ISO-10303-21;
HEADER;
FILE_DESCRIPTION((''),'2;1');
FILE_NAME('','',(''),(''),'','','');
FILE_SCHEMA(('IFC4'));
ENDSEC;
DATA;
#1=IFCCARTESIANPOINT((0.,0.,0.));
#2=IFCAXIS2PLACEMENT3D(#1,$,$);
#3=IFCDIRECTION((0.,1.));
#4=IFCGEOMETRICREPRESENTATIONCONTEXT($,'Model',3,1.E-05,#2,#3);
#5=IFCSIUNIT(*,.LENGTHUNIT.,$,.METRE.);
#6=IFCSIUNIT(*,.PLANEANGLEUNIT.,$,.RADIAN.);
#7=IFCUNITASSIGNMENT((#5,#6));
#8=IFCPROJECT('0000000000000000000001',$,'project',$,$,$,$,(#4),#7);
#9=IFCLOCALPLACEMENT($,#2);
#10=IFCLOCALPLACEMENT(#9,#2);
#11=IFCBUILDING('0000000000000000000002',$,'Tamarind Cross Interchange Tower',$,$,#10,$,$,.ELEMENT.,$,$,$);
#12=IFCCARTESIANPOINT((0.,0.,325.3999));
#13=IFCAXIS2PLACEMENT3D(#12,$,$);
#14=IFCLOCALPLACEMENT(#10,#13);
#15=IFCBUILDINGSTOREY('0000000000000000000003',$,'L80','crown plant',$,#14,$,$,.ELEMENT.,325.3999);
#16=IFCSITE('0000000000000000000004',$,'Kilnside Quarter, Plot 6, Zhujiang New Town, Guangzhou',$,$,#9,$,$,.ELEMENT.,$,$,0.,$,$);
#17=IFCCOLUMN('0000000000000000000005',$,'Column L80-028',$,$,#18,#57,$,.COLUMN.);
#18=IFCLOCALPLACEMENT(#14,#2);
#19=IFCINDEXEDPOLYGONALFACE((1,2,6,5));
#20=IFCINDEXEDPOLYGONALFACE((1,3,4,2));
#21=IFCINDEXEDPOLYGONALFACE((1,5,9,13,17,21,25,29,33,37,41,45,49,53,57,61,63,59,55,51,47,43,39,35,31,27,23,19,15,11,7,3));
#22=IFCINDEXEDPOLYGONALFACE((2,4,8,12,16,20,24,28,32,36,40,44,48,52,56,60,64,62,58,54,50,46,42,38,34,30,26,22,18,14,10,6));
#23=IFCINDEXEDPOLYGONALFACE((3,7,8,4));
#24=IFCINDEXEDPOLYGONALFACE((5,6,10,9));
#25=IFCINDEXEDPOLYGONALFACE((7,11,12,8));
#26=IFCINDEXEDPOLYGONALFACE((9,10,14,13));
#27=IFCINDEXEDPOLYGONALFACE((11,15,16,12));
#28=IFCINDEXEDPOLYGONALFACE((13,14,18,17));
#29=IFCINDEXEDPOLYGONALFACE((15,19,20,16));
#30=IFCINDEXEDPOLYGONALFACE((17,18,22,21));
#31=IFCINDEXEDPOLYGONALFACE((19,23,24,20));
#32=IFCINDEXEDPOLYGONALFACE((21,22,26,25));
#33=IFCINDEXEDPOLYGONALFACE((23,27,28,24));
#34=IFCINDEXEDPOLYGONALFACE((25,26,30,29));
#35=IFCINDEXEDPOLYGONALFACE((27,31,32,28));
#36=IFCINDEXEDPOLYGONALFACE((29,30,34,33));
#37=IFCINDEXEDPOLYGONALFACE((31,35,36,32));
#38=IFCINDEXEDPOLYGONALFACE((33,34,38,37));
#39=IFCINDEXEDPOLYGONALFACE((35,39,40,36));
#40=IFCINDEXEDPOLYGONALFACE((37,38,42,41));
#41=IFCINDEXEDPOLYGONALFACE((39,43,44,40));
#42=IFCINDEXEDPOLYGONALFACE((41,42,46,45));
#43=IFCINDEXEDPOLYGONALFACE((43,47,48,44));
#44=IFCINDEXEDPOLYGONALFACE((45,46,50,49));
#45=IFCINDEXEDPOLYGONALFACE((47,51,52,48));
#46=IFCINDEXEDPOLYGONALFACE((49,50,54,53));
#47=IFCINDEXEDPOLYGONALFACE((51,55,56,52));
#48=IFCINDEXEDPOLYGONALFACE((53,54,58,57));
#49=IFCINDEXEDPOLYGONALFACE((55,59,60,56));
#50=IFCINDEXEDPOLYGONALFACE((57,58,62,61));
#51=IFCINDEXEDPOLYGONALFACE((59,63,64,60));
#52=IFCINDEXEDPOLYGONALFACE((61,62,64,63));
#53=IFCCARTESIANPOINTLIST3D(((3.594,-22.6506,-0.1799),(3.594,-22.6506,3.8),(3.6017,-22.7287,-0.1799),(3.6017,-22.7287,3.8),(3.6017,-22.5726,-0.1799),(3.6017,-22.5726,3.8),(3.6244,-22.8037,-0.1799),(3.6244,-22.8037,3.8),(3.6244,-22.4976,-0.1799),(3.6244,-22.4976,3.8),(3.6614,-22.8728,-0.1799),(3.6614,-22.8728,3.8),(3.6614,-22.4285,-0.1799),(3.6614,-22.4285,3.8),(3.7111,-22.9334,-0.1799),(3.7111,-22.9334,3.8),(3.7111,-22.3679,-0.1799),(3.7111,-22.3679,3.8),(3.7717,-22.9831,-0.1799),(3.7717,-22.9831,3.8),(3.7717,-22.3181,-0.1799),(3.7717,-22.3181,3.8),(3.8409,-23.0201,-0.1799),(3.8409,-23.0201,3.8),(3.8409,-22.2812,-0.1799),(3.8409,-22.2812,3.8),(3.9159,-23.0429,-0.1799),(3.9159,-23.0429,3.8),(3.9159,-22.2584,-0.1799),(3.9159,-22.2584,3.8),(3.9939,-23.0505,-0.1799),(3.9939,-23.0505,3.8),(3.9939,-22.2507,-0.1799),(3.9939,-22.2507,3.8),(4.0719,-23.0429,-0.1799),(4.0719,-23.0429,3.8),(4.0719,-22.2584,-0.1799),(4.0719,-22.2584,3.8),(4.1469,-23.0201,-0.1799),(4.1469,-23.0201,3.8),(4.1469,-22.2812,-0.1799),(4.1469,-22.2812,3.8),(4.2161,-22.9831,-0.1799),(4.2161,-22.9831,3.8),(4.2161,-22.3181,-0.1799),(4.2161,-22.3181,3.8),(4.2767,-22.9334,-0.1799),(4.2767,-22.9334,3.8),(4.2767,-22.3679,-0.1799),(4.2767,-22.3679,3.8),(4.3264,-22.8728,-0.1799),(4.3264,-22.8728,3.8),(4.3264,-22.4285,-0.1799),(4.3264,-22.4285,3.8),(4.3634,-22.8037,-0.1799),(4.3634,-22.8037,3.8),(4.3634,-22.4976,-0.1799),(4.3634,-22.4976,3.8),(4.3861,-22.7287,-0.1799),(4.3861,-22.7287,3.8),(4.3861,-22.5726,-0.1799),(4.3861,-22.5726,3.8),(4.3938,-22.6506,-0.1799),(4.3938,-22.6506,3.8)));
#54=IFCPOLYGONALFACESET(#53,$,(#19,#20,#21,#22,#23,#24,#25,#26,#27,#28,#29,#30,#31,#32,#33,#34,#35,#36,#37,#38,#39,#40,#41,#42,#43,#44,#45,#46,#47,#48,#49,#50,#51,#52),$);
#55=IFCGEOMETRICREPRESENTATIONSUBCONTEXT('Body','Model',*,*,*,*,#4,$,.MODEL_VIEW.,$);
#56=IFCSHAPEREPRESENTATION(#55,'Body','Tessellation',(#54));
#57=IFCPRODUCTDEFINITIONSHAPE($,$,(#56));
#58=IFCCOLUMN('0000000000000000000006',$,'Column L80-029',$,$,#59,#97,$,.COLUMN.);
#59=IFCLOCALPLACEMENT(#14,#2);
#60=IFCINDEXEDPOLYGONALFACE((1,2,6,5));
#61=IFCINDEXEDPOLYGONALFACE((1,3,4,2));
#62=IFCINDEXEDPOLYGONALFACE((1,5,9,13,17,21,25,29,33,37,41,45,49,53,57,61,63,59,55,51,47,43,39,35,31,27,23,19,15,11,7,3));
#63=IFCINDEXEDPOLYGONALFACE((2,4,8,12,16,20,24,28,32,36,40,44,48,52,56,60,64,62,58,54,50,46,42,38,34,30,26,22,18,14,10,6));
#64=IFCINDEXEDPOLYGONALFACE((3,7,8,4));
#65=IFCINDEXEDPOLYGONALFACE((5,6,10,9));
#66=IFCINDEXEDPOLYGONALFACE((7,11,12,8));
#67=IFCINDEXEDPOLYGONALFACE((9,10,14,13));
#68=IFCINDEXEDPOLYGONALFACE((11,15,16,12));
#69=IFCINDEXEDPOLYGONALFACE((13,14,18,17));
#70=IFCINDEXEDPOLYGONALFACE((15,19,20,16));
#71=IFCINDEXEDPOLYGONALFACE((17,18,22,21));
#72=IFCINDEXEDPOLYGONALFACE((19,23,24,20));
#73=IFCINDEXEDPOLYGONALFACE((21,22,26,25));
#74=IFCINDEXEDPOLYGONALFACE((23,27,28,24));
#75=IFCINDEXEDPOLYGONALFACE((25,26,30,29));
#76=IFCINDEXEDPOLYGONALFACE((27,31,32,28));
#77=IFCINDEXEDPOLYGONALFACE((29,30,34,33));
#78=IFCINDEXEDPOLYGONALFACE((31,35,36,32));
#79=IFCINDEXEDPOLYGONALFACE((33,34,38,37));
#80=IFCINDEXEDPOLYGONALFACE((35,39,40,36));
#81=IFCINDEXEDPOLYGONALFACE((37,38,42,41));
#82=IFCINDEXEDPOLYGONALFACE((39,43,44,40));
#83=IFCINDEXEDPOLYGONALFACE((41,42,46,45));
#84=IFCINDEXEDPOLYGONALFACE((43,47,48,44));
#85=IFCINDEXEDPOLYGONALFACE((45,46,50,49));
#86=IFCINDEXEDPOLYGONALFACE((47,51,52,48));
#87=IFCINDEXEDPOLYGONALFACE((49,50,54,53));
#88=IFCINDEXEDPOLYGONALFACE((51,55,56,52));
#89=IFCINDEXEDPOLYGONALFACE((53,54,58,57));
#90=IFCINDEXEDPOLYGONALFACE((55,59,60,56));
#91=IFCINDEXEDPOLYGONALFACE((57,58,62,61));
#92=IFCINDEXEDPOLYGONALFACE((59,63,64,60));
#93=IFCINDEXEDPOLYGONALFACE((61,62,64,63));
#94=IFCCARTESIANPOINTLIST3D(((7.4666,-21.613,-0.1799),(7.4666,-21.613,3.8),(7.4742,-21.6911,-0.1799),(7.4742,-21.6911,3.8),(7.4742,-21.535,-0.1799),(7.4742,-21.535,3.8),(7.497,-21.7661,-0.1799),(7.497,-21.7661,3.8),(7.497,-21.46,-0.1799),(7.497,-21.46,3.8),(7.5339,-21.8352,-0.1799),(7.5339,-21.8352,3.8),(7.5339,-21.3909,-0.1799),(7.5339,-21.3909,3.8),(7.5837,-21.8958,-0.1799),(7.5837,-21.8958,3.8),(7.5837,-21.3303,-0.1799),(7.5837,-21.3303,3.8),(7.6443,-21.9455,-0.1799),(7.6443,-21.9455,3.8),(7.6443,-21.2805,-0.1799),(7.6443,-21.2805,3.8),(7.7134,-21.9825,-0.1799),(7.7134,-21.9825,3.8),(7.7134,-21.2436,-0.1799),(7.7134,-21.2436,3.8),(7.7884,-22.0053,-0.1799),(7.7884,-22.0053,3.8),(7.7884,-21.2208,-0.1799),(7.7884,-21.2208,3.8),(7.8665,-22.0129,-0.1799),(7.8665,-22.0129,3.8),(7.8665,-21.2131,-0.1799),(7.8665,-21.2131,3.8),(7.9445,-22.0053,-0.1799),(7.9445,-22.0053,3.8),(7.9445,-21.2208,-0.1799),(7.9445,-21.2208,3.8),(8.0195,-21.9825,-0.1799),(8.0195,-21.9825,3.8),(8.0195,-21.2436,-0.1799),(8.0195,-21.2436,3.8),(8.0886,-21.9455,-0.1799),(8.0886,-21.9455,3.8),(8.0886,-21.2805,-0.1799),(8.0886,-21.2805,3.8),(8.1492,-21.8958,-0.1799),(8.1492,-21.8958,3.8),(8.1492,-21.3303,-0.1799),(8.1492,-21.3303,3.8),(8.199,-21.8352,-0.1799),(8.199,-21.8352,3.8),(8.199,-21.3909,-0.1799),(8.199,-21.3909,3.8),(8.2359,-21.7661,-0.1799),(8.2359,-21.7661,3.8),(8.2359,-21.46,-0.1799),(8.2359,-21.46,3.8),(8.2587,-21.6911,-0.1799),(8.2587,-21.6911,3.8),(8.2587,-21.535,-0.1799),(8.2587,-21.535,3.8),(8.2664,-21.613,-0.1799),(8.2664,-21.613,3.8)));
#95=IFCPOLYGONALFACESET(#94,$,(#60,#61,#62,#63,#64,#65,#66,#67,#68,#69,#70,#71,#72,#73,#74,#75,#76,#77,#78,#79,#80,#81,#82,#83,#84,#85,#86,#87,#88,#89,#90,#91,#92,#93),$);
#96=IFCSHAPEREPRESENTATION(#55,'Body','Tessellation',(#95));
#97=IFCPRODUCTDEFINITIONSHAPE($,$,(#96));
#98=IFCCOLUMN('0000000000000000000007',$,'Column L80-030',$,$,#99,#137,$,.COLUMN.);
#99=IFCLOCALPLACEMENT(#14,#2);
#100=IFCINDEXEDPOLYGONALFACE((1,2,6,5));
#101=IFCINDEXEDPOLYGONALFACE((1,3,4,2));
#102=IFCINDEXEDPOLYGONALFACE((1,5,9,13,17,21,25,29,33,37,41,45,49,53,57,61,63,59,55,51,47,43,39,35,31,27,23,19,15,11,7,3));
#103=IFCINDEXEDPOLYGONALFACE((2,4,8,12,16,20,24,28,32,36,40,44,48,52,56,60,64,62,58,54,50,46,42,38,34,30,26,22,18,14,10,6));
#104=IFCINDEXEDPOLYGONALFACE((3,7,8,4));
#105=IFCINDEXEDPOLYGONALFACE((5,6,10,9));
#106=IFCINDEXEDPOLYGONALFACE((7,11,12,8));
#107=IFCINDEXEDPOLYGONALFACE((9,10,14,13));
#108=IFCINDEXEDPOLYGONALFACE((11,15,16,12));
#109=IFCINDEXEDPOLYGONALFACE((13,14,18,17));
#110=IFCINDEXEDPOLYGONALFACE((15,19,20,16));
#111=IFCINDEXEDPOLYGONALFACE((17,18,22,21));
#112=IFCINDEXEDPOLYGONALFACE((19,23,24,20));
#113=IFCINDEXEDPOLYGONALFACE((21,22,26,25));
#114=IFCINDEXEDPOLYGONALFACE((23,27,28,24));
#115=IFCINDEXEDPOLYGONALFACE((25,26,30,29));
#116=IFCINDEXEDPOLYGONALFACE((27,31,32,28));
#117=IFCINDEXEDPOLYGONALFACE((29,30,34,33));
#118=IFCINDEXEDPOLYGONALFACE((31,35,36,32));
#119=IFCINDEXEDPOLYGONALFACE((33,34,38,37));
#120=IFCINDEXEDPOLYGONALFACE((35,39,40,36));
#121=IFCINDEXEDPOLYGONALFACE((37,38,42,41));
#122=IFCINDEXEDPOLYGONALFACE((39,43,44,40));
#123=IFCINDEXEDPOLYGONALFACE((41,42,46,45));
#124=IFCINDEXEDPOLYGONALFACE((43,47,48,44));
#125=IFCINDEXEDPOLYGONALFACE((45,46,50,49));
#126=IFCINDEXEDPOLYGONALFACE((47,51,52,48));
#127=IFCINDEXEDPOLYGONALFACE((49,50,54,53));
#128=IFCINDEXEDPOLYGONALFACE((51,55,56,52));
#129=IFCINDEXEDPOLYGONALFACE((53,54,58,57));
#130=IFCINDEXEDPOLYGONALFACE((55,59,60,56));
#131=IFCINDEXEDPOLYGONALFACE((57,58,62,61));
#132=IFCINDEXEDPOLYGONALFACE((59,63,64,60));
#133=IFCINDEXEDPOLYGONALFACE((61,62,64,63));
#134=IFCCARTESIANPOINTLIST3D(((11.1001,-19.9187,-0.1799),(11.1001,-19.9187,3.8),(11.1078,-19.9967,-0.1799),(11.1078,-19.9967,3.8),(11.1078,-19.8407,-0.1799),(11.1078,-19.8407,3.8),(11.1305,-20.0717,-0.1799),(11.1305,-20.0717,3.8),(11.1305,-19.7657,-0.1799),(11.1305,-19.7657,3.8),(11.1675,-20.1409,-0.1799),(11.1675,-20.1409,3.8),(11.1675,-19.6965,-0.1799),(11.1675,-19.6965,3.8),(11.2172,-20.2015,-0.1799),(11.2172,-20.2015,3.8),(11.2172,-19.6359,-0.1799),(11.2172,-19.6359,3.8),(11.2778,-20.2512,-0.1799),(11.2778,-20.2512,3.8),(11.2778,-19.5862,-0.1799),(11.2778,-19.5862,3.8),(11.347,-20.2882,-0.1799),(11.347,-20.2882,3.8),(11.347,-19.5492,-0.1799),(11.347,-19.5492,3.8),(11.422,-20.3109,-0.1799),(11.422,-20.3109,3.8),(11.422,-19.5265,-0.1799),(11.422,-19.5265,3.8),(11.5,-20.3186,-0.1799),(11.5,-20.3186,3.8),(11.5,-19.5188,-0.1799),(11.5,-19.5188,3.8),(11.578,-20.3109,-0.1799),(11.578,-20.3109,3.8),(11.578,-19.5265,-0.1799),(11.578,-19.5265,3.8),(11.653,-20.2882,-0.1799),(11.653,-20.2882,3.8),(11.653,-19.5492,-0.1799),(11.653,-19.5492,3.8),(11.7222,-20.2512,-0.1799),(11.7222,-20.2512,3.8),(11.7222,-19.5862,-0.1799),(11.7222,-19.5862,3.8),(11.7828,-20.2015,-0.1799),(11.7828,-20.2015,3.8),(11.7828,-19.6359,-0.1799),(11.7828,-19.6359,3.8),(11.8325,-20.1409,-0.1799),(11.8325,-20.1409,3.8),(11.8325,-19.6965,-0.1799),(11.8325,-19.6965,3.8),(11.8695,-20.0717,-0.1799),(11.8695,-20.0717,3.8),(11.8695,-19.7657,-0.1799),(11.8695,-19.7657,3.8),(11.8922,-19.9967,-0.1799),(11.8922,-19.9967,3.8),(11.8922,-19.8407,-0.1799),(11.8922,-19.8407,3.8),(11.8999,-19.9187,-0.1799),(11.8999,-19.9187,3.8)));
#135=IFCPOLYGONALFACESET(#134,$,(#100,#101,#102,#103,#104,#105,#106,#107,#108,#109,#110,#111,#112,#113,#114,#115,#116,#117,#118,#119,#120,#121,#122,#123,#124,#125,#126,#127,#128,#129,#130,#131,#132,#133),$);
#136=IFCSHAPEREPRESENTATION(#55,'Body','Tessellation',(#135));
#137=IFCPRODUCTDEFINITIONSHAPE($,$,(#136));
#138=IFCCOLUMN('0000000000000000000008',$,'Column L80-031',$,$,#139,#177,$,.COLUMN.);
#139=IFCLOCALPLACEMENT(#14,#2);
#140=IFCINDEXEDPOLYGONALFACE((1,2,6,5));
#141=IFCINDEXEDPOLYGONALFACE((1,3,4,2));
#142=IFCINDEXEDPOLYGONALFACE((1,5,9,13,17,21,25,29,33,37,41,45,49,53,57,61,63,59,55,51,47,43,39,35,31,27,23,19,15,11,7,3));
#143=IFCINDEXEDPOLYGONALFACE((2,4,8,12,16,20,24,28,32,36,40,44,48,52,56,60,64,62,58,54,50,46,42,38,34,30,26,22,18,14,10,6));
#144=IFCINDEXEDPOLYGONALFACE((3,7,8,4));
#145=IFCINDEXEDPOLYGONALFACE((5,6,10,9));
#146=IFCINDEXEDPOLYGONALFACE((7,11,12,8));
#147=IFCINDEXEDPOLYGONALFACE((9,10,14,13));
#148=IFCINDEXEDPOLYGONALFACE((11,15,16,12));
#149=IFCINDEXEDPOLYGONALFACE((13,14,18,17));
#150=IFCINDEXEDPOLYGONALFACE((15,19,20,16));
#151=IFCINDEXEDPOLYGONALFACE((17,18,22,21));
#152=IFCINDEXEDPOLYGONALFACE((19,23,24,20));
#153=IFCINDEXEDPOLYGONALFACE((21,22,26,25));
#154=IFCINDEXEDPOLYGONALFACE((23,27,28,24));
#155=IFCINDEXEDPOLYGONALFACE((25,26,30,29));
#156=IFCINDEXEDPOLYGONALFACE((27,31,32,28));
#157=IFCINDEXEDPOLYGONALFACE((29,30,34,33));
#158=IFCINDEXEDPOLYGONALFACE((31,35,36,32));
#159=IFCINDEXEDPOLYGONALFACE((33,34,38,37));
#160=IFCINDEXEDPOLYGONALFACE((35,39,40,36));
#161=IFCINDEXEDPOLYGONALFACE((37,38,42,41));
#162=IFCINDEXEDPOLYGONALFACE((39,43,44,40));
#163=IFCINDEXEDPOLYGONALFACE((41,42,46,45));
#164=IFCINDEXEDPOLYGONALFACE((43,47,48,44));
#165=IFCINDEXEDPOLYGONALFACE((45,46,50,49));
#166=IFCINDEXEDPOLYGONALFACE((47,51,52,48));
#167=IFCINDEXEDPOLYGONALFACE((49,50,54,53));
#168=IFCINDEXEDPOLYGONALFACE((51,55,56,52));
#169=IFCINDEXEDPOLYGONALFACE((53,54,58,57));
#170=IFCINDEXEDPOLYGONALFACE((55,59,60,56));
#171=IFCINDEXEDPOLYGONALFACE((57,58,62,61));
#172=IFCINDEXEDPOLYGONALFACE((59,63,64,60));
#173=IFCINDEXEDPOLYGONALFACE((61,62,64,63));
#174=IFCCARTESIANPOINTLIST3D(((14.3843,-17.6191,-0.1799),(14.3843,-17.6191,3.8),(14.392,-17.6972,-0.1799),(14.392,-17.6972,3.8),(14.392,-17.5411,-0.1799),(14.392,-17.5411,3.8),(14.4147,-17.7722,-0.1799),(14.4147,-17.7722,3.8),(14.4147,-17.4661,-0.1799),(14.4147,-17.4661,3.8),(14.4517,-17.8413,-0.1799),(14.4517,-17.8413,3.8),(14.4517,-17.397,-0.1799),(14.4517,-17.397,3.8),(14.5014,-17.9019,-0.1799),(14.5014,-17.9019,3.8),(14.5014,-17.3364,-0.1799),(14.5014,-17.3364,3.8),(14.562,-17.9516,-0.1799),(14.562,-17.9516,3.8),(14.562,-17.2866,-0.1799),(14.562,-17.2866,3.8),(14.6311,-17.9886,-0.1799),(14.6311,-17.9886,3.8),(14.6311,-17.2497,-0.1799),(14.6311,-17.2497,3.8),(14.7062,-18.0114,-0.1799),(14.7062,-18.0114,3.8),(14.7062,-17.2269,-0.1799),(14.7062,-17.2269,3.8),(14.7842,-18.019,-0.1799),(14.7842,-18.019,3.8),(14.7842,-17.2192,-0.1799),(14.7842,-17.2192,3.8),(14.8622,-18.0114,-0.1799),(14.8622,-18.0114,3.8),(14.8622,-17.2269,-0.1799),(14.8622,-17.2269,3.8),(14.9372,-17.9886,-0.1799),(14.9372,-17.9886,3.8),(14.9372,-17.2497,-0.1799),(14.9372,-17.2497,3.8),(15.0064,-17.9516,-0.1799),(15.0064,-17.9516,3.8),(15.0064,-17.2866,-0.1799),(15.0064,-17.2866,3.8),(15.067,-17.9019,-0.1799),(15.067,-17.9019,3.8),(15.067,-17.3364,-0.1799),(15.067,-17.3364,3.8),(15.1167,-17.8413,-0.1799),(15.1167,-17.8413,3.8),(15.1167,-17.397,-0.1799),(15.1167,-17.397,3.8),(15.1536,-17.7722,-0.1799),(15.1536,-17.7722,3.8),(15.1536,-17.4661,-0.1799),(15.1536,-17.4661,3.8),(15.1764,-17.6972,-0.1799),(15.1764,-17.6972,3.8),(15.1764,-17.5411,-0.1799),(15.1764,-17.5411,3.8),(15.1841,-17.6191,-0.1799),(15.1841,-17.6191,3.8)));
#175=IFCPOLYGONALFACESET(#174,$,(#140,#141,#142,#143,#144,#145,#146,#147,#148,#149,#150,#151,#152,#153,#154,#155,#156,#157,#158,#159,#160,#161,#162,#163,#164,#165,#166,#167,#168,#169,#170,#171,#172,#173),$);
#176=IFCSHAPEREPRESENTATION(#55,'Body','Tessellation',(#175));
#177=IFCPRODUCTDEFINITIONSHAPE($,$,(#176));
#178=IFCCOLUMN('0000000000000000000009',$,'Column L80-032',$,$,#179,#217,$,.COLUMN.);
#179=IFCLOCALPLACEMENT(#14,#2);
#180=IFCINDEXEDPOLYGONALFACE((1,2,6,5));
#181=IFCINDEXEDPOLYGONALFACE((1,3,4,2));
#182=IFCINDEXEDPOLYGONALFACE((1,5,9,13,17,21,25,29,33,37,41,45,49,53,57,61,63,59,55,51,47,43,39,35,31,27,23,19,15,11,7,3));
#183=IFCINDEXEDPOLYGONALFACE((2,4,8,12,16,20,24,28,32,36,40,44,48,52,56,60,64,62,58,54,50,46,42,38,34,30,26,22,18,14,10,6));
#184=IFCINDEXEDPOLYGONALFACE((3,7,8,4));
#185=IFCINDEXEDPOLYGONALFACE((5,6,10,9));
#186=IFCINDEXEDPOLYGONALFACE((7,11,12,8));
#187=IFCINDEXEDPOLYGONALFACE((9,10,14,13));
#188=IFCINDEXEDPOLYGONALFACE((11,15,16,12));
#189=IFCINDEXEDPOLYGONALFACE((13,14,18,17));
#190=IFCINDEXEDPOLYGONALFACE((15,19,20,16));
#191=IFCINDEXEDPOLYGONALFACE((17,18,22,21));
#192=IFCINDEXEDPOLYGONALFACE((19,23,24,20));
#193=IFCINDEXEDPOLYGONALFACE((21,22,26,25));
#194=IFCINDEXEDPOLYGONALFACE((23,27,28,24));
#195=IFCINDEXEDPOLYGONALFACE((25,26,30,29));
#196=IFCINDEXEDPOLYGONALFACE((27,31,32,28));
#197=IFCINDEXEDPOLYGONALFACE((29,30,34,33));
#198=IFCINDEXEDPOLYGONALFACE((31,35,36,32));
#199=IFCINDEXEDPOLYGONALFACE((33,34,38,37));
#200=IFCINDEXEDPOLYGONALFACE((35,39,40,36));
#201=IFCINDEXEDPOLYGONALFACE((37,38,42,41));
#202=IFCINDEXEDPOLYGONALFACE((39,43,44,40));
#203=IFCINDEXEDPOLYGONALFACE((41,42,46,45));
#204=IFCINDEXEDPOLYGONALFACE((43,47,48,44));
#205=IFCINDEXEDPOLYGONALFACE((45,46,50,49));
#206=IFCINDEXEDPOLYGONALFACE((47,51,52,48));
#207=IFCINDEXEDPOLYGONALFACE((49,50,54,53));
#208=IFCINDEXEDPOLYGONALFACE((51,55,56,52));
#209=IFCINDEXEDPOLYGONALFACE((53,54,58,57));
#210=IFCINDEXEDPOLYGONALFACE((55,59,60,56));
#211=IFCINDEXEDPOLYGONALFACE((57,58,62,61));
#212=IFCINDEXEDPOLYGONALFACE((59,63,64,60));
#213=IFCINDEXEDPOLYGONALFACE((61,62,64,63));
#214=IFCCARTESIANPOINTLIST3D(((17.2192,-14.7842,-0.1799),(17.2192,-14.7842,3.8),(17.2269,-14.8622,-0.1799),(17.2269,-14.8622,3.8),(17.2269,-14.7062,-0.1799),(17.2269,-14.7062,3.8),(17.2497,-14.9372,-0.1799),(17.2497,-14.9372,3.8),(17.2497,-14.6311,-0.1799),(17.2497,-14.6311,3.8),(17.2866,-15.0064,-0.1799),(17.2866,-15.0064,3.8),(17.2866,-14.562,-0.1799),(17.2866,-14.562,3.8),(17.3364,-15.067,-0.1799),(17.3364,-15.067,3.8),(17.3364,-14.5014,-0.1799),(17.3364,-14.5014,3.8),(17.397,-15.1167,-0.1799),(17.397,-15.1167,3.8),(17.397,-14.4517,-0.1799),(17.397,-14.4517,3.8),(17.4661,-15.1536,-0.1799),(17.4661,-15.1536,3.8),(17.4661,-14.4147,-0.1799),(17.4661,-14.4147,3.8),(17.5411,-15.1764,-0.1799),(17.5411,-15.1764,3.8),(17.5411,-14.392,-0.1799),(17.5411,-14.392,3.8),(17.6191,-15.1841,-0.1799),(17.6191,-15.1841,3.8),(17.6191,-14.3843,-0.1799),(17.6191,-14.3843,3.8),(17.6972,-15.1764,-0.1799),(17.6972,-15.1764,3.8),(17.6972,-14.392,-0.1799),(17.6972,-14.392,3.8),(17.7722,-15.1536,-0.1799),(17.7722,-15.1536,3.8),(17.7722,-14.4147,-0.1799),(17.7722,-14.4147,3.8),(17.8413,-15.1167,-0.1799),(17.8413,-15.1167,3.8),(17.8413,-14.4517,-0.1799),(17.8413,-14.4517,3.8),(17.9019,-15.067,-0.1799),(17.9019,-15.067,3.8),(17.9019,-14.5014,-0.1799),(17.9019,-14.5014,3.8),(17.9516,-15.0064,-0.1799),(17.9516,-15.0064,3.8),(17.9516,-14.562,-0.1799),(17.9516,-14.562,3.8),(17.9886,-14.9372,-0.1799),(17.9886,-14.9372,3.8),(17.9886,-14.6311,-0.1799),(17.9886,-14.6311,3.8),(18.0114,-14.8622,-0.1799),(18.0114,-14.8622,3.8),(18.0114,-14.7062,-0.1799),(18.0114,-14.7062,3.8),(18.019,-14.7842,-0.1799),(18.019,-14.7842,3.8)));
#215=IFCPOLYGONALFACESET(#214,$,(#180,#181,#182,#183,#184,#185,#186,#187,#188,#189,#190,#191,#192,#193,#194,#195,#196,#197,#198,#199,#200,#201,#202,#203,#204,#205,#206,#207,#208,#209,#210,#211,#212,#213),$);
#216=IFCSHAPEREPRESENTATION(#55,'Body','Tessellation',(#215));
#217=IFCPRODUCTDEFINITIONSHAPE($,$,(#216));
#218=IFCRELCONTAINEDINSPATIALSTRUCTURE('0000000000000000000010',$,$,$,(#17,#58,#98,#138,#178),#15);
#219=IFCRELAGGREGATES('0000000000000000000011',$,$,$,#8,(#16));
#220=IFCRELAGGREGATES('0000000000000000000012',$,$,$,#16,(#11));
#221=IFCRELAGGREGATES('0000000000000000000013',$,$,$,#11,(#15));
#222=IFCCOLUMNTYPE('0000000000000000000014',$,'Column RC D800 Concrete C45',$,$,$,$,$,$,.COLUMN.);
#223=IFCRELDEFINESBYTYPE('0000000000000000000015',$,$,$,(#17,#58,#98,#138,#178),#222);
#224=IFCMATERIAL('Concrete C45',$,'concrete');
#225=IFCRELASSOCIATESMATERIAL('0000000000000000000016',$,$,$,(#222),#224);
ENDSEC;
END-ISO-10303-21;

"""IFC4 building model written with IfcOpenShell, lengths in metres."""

from ifc_helpers import new_model, si_unit, direction, frame, origin, origin_2d, place, context, subcontext, project, spatial, circle, extrude, material, material_profile, profile_set, type_object, element, save


model = new_model("IFC4")

# Units and contexts
model_context = context("Model", 3, precision=1e-05, world=origin(), true_north=direction((0.0, 1.0)))
body_context = subcontext(model_context, "Body", "Model", "MODEL_VIEW")
ifc_project = project(units=[si_unit("LENGTHUNIT", "METRE"), si_unit("PLANEANGLEUNIT", "RADIAN")], contexts=[model_context])

# Site, building, storey
site_placement = place(None, origin())
site = spatial("IfcSite", under=ifc_project, at=site_placement, Name="Kilnside Quarter, Plot 6, Zhujiang New Town, Guangzhou", CompositionType="ELEMENT", RefElevation=0.0)
building_placement = place(site_placement, origin())
building = spatial("IfcBuilding", under=site, at=building_placement, Name="Tamarind Cross Interchange Tower", CompositionType="ELEMENT")
storey_placement = place(building_placement, frame((0.0, 0.0, 325.3999)))
storey = spatial("IfcBuildingStorey", under=building, at=storey_placement, Name="L80", Description="crown plant", CompositionType="ELEMENT", Elevation=325.3999)

# Columns
ifc_material_1 = material(Name="Concrete C45", Category="concrete")
ifc_material_profile_1 = material_profile(ifc_material_1, circle(Radius=0.3999, at=origin_2d()), Name="RC D800")
ifc_profile_set_1 = profile_set([ifc_material_profile_1], Name="Concrete C45")
column_type = type_object("IfcColumnType", Name="Column RC D800 Concrete C45", PredefinedType="COLUMN", material=ifc_profile_set_1)
for number, where, z_axis, x_axis, name in (
    (1, (3.9939, -22.6506, -0.1799), (0.0, 0.0, 1.0), (1.0, 0.0, 0.0), "Column L80-028"),
    (2, (7.8665, -21.613, -0.1799), (0.0, 0.0, 1.0), (1.0, 0.0, 0.0), "Column L80-029"),
    (3, (11.5, -19.9187, -0.1799), (0.0, 0.0, 1.0), (1.0, 0.0, 0.0), "Column L80-030"),
    (4, (14.7842, -17.6191, -0.1799), (0.0, 0.0, 1.0), (1.0, 0.0, 0.0), "Column L80-031"),
    (5, (17.6191, -14.7842, -0.1799), (0.0, 0.0, 1.0), (1.0, 0.0, 0.0), "Column L80-032"),
):
    element("IfcColumn", number, at=place(storey_placement, frame(where, z_axis=z_axis, x_axis=x_axis)), inside=storey, type_object=column_type, Name=name, PredefinedType="COLUMN", context=body_context, shape_type="SweptSolid", body=[
        extrude(circle(Radius=0.3999, at=origin_2d()), origin(), (0.0, 0.0, 1.0), 3.98),
    ])

save(model, "model.ifc")
